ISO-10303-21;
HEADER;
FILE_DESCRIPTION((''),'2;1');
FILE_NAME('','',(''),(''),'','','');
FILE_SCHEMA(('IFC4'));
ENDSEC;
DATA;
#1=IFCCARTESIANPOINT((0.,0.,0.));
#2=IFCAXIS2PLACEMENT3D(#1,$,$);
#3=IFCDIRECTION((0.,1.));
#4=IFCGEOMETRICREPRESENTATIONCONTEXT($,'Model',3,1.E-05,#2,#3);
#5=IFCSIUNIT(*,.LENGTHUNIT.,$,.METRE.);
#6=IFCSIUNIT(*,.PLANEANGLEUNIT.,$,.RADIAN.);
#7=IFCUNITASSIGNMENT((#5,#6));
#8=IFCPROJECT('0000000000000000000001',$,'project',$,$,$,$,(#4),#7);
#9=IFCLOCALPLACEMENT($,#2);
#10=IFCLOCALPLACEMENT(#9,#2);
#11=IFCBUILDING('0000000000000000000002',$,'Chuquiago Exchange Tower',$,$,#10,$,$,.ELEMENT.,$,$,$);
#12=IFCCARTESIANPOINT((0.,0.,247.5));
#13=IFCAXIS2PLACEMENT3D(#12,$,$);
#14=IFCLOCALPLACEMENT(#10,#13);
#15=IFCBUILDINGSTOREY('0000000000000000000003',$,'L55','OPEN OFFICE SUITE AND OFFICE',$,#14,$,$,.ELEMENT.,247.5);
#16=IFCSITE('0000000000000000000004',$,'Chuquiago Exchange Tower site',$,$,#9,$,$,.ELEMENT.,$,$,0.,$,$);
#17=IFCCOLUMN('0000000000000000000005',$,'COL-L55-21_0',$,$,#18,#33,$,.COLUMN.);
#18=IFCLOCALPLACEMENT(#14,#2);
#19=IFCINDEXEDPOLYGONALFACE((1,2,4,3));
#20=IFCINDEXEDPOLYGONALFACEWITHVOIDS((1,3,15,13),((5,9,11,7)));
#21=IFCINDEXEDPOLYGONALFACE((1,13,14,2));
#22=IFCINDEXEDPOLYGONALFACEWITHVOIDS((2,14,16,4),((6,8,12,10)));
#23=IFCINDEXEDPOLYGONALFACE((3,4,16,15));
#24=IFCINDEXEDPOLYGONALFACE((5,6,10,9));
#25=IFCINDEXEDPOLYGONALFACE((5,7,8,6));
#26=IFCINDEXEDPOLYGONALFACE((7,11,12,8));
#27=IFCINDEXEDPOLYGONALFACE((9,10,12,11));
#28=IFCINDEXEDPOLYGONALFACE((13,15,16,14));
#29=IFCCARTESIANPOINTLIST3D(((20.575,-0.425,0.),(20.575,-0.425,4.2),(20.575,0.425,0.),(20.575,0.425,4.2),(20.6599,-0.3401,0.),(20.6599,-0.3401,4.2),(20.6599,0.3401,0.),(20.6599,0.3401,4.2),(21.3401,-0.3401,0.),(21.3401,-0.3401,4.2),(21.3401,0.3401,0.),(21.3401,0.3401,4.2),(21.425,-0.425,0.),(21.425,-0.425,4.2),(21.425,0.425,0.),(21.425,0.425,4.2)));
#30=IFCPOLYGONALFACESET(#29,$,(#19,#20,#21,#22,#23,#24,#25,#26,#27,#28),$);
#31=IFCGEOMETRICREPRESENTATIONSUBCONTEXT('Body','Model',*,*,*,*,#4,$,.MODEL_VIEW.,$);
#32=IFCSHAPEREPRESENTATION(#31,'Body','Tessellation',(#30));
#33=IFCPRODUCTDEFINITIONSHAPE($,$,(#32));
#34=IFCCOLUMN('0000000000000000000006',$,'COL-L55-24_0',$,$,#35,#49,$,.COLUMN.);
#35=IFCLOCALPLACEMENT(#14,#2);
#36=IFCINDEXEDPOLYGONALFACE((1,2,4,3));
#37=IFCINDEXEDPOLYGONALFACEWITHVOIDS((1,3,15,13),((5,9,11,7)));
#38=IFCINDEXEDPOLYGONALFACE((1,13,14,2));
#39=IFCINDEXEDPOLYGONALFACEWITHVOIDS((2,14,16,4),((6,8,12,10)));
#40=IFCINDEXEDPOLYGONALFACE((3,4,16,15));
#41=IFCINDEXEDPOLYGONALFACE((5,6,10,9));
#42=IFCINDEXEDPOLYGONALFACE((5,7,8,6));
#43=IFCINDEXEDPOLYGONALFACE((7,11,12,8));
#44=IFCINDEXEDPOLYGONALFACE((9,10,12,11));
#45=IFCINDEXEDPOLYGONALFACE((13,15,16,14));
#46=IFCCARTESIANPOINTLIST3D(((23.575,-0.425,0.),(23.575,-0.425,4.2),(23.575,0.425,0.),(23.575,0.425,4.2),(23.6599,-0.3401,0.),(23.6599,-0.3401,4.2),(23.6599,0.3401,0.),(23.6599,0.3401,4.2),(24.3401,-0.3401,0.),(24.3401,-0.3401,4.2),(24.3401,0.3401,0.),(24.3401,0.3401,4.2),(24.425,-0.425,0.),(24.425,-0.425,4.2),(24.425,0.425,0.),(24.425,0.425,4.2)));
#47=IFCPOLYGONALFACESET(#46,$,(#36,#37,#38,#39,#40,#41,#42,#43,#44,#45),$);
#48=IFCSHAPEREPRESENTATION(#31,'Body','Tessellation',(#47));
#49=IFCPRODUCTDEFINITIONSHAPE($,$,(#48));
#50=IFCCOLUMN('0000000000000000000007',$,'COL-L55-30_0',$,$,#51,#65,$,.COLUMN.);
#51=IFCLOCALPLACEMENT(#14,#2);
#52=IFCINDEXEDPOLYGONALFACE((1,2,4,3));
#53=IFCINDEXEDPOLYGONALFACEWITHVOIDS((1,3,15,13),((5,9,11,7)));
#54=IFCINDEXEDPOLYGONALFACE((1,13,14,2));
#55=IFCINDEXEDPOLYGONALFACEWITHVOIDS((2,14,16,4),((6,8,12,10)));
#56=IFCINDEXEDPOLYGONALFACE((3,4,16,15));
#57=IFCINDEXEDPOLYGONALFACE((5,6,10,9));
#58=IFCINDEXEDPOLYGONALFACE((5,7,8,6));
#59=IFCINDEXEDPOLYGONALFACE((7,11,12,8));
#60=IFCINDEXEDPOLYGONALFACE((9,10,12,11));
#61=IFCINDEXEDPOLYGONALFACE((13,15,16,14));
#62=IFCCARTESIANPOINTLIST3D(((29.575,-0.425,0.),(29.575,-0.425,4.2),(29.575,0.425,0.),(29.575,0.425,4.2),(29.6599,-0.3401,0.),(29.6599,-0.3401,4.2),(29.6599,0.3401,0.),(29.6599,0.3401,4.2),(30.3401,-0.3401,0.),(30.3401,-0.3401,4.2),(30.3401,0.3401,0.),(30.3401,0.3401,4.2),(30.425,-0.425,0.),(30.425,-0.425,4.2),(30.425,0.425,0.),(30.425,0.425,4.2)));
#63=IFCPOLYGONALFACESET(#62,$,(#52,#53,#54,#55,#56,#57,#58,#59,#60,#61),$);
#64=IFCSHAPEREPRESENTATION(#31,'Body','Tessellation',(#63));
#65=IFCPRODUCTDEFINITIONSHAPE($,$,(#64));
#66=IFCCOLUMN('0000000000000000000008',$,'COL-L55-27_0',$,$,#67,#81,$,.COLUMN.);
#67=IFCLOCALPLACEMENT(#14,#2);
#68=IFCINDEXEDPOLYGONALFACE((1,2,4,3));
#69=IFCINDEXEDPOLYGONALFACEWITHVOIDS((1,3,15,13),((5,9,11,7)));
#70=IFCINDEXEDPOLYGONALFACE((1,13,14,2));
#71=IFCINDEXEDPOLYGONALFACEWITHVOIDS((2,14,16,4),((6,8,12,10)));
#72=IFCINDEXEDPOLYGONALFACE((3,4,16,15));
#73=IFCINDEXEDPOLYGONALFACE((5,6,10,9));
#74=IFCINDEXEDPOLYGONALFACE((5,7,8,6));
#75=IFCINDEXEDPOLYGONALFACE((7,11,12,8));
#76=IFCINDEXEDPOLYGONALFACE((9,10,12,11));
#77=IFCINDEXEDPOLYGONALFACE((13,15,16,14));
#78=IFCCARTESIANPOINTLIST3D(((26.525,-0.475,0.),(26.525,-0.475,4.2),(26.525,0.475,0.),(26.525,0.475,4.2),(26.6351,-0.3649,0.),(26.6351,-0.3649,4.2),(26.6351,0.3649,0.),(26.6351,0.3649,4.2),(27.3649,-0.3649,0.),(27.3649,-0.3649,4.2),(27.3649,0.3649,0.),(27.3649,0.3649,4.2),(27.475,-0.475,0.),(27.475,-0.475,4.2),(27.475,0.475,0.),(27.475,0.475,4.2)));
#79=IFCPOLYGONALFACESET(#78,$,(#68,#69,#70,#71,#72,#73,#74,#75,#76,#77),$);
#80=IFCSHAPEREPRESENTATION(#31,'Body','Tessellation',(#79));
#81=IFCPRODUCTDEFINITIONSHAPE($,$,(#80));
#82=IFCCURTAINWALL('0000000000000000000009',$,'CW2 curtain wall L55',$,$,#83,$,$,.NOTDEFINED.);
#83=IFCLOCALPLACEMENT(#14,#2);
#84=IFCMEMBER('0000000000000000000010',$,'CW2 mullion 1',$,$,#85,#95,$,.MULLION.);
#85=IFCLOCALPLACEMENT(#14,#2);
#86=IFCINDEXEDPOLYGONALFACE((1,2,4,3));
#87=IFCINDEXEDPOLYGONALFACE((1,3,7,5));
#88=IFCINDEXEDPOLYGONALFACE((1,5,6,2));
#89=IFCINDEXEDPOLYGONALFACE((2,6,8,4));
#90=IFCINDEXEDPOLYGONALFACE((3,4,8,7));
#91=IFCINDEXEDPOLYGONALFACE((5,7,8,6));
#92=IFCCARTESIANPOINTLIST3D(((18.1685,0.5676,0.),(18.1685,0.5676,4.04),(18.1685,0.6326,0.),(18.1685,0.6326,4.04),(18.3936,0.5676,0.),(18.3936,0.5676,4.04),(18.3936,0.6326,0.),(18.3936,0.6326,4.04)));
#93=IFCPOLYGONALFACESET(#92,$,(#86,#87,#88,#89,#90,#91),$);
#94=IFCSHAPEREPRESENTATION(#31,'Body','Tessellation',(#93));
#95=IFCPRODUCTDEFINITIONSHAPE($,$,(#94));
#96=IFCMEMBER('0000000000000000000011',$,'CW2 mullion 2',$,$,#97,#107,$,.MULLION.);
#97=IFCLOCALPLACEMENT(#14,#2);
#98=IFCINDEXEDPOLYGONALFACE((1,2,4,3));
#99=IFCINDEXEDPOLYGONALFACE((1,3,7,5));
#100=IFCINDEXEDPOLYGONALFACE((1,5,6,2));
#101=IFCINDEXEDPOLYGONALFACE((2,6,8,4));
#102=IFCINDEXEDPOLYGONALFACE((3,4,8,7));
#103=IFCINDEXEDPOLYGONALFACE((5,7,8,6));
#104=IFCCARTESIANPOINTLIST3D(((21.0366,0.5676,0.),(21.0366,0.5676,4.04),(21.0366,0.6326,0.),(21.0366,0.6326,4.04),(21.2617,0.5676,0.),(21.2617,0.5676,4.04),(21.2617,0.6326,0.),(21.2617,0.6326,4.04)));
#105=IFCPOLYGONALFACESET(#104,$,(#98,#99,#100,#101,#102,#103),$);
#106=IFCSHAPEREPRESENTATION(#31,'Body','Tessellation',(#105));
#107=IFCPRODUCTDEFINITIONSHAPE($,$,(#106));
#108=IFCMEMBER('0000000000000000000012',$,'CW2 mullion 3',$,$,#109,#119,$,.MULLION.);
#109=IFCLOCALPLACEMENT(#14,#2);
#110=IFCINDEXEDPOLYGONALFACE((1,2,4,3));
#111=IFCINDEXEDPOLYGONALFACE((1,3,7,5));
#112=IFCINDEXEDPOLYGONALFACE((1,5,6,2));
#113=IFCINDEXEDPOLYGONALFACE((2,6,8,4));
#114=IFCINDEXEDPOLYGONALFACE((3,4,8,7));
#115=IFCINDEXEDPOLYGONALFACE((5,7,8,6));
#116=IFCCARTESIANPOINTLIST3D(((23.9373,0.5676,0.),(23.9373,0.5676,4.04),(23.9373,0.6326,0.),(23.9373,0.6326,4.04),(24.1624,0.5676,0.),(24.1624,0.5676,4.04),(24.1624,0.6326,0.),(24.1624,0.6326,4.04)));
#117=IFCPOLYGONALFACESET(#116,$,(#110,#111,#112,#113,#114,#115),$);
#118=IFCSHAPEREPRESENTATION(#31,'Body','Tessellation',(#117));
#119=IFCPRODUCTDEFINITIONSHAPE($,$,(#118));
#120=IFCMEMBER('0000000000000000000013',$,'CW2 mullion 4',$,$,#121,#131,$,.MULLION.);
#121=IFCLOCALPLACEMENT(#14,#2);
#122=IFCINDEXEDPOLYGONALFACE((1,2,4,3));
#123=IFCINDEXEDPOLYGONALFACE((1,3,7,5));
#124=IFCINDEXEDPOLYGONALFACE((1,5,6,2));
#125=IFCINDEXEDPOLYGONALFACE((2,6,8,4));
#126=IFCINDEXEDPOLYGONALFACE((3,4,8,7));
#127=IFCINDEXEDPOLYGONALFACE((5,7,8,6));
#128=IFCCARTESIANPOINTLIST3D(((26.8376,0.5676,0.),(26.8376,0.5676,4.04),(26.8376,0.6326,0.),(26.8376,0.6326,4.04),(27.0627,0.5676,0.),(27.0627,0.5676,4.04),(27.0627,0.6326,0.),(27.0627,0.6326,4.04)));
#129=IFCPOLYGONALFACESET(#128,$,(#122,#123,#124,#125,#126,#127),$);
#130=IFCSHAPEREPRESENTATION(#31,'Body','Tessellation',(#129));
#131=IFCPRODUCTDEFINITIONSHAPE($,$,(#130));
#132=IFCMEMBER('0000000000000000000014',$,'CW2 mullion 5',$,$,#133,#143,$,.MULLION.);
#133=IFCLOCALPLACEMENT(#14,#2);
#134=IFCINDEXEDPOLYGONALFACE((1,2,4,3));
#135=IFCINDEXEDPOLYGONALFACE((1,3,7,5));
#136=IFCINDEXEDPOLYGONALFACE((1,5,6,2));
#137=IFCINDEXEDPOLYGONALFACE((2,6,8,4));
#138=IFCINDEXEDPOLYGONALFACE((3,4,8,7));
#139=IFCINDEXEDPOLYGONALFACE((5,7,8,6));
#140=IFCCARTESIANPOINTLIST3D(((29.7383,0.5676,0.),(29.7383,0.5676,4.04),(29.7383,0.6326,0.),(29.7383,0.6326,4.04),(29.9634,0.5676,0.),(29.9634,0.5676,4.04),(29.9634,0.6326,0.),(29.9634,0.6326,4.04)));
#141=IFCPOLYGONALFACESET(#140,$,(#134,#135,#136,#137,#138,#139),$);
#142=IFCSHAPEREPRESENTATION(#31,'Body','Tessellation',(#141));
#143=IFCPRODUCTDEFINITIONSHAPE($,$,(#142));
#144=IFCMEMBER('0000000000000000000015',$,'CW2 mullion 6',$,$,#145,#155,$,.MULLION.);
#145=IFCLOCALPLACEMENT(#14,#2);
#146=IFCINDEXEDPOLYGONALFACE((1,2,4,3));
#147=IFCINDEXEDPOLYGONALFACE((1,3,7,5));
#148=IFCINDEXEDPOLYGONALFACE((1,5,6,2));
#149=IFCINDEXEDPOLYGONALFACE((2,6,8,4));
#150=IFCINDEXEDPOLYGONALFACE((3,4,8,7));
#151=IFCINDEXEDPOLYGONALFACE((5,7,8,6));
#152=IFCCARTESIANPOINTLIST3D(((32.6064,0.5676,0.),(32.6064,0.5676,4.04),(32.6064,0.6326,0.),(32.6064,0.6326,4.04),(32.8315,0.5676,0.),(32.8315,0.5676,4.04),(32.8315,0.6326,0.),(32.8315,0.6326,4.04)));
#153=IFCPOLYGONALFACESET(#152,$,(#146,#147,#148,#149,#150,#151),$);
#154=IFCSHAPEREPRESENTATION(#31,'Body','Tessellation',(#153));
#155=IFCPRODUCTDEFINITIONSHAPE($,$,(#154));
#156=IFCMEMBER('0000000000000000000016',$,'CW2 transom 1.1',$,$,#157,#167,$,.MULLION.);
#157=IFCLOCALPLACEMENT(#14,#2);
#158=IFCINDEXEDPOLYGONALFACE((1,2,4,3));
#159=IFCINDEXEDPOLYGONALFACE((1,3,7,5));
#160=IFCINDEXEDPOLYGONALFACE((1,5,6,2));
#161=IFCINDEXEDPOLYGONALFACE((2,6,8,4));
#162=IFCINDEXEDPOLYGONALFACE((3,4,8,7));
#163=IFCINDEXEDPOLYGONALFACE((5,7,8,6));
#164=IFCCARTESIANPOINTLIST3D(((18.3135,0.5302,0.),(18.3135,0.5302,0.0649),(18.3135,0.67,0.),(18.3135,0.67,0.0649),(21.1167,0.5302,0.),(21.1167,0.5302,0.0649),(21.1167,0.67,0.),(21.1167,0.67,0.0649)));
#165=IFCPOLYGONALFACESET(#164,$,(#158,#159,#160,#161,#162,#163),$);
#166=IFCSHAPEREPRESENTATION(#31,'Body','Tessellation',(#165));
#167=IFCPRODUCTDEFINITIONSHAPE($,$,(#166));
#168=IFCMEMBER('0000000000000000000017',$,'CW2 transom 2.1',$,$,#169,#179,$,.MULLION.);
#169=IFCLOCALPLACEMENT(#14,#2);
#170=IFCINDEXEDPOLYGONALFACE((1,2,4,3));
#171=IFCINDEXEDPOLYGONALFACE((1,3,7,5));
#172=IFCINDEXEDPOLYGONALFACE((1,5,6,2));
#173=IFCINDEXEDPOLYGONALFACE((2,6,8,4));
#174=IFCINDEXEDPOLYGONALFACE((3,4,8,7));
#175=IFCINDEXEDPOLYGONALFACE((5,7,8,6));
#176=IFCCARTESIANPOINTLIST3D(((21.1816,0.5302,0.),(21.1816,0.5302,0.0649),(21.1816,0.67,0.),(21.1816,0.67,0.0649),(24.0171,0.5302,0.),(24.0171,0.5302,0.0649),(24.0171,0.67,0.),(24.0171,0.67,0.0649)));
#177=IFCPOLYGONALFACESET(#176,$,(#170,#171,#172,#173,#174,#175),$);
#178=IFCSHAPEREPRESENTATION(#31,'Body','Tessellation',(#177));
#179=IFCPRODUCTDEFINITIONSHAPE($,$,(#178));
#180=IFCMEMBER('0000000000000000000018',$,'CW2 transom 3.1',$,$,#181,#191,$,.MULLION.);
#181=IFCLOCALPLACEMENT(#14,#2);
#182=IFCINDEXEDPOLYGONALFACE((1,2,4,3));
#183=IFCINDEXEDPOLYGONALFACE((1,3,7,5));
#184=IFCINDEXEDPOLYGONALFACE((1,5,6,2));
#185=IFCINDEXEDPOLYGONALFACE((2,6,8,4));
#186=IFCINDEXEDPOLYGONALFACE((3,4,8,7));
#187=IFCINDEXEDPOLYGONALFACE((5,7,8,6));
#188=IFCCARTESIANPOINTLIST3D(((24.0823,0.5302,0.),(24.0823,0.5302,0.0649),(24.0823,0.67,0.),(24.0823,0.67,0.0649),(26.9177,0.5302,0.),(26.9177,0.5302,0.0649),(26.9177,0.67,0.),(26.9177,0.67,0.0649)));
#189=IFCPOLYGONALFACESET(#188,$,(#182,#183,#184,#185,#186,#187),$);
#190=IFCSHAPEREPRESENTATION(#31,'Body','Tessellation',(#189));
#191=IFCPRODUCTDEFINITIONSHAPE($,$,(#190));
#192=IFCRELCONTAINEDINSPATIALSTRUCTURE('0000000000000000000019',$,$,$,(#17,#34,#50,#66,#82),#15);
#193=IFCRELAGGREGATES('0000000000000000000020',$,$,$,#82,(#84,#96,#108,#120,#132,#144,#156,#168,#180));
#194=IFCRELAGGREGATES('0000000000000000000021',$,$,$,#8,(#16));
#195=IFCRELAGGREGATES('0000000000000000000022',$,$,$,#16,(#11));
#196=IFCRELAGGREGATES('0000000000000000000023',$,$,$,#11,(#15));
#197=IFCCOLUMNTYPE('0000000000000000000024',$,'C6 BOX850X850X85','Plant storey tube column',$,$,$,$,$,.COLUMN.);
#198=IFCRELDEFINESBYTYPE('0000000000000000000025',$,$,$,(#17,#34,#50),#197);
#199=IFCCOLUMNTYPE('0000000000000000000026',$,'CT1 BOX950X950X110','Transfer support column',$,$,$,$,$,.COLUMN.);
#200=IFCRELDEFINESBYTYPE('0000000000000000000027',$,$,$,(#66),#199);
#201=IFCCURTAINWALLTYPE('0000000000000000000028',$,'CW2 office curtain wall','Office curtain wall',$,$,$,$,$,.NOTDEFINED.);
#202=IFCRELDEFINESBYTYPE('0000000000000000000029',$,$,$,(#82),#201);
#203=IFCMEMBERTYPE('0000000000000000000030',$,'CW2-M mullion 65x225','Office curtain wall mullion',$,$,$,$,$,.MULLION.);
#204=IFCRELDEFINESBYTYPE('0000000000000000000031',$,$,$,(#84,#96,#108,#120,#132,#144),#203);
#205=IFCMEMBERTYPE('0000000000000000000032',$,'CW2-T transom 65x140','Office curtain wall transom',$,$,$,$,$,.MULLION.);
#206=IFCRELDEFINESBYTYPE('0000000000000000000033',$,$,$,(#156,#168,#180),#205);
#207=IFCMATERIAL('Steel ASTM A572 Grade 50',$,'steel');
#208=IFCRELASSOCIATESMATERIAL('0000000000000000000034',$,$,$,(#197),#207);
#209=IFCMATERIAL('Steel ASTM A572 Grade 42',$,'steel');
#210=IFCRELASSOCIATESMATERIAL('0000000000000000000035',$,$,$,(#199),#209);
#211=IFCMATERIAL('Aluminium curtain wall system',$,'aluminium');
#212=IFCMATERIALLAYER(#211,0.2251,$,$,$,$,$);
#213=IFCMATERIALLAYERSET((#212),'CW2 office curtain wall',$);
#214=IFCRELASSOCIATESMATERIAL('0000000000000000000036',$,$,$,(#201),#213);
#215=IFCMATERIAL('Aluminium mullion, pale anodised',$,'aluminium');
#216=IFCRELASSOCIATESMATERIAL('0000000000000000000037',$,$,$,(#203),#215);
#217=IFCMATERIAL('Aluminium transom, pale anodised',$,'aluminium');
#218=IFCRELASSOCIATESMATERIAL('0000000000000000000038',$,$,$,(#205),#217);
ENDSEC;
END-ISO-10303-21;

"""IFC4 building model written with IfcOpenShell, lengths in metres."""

from ifc_helpers import new_model, si_unit, direction, frame, origin, origin_2d, place, context, subcontext, project, spatial, rectangle, hollow_rectangle, extrude, material, layer, layer_set, material_profile, profile_set, type_object, element, aggregate, save


model = new_model("IFC4")

# Units and contexts
model_context = context("Model", 3, precision=1e-05, world=origin(), true_north=direction((0.0, 1.0)))
body_context = subcontext(model_context, "Body", "Model", "MODEL_VIEW")
ifc_project = project(units=[si_unit("LENGTHUNIT", "METRE"), si_unit("PLANEANGLEUNIT", "RADIAN")], contexts=[model_context])

# Site, building, storey
site_placement = place(None, origin())
site = spatial("IfcSite", under=ifc_project, at=site_placement, Name="Chuquiago Exchange Tower site", CompositionType="ELEMENT", RefElevation=0.0)
building_placement = place(site_placement, origin())
building = spatial("IfcBuilding", under=site, at=building_placement, Name="Chuquiago Exchange Tower", CompositionType="ELEMENT")
storey_placement = place(building_placement, frame((0.0, 0.0, 247.5)))
storey = spatial("IfcBuildingStorey", under=building, at=storey_placement, Name="L55", Description="OPEN OFFICE SUITE AND OFFICE", CompositionType="ELEMENT", Elevation=247.5)

# Columns
ifc_material_1 = material(Name="Steel ASTM A572 Grade 50", Category="steel")
ifc_material_profile_1 = material_profile(ifc_material_1, hollow_rectangle(XDim=0.8501, YDim=0.8501, WallThickness=0.085, at=origin_2d()), Name="BOX850X850X85")
ifc_profile_set_1 = profile_set([ifc_material_profile_1], Name="Steel ASTM A572 Grade 50")
column_type_1 = type_object("IfcColumnType", Name="C6 BOX850X850X85", Description="Plant storey tube column", PredefinedType="COLUMN", material=ifc_profile_set_1)
for number, where, z_axis, x_axis, name in (
    (1, (21.0, 0.0, 0.0), (0.0, 0.0, 1.0), (0.0, -1.0, 0.0), "COL-L55-21_0"),
    (2, (24.0, 0.0, 0.0), (0.0, 0.0, 1.0), (0.0, -1.0, 0.0), "COL-L55-24_0"),
    (3, (30.0, 0.0, 0.0), (0.0, 0.0, 1.0), (0.0, -1.0, 0.0), "COL-L55-30_0"),
):
    element("IfcColumn", number, at=place(storey_placement, frame(where, z_axis=z_axis, x_axis=x_axis)), inside=storey, type_object=column_type_1, Name=name, PredefinedType="COLUMN", context=body_context, shape_type="SweptSolid", body=[
        extrude(hollow_rectangle(XDim=0.8501, YDim=0.8501, WallThickness=0.085, at=origin_2d()), origin(), (0.0, 0.0, 1.0), 4.2),
    ])
ifc_material_2 = material(Name="Steel ASTM A572 Grade 42", Category="steel")
ifc_material_profile_2 = material_profile(ifc_material_2, hollow_rectangle(XDim=0.95, YDim=0.95, WallThickness=0.1101, at=origin_2d()), Name="BOX950X950X110")
ifc_profile_set_2 = profile_set([ifc_material_profile_2], Name="Steel ASTM A572 Grade 42")
column_type_2 = type_object("IfcColumnType", Name="CT1 BOX950X950X110", Description="Transfer support column", PredefinedType="COLUMN", material=ifc_profile_set_2)
column_placement = place(storey_placement, frame((27.0, 0.0, 0.0), z_axis=(0.0, 0.0, 1.0), x_axis=(0.0, -1.0, 0.0)))
element("IfcColumn", 4, at=column_placement, inside=storey, type_object=column_type_2, Name="COL-L55-27_0", PredefinedType="COLUMN", context=body_context, shape_type="SweptSolid", body=[
    extrude(hollow_rectangle(XDim=0.95, YDim=0.95, WallThickness=0.1101, at=origin_2d()), origin(), (0.0, 0.0, 1.0), 4.2),
])

# Curtain wall, members
ifc_material_3 = material(Name="Aluminium curtain wall system", Category="aluminium")
ifc_layer_1 = layer(ifc_material_3, 0.2251)
ifc_layer_set_1 = layer_set([ifc_layer_1], Name="CW2 office curtain wall")
curtain_wall_type_1 = type_object("IfcCurtainWallType", Name="CW2 office curtain wall", Description="Office curtain wall", PredefinedType="NOTDEFINED", material=ifc_layer_set_1)
curtain_wall_1_placement = place(storey_placement, origin())
curtain_wall_1 = element("IfcCurtainWall", 5, at=curtain_wall_1_placement, inside=storey, type_object=curtain_wall_type_1, Name="CW2 curtain wall L55", PredefinedType="NOTDEFINED")
ifc_material_4 = material(Name="Aluminium mullion, pale anodised", Category="aluminium")
ifc_material_profile_3 = material_profile(ifc_material_4, rectangle(XDim=0.0649, YDim=0.2251, at=origin_2d()), Name="AL 65x225")
ifc_profile_set_3 = profile_set([ifc_material_profile_3], Name="Aluminium mullion, pale anodised")
member_type_1 = type_object("IfcMemberType", Name="CW2-M mullion 65x225", Description="Office curtain wall mullion", PredefinedType="MULLION", material=ifc_profile_set_3)
member_1_placement = place(storey_placement, frame((18.281, 0.6001, 0.0), z_axis=(0.0, 0.0, 1.0), x_axis=(0.0, 1.0, 0.0)))
member_1 = element("IfcMember", 6, at=member_1_placement, type_object=member_type_1, Name="CW2 mullion 1", PredefinedType="MULLION", context=body_context, shape_type="SweptSolid", body=[
    extrude(rectangle(XDim=0.0649, YDim=0.2251, at=origin_2d()), origin(), (0.0, 0.0, 1.0), 4.04),
])
member_2_placement = place(storey_placement, frame((21.1492, 0.6001, 0.0), z_axis=(0.0, 0.0, 1.0), x_axis=(0.0, 1.0, 0.0)))
member_2 = element("IfcMember", 7, at=member_2_placement, type_object=member_type_1, Name="CW2 mullion 2", PredefinedType="MULLION", context=body_context, shape_type="SweptSolid", body=[
    extrude(rectangle(XDim=0.0649, YDim=0.2251, at=origin_2d()), origin(), (0.0, 0.0, 1.0), 4.04),
])
member_3_placement = place(storey_placement, frame((24.0498, 0.6001, 0.0), z_axis=(0.0, 0.0, 1.0), x_axis=(0.0, 1.0, 0.0)))
member_3 = element("IfcMember", 8, at=member_3_placement, type_object=member_type_1, Name="CW2 mullion 3", PredefinedType="MULLION", context=body_context, shape_type="SweptSolid", body=[
    extrude(rectangle(XDim=0.0649, YDim=0.2251, at=origin_2d()), origin(), (0.0, 0.0, 1.0), 4.04),
])
member_4_placement = place(storey_placement, frame((26.9502, 0.6001, 0.0), z_axis=(0.0, 0.0, 1.0), x_axis=(0.0, 1.0, 0.0)))
member_4 = element("IfcMember", 9, at=member_4_placement, type_object=member_type_1, Name="CW2 mullion 4", PredefinedType="MULLION", context=body_context, shape_type="SweptSolid", body=[
    extrude(rectangle(XDim=0.0649, YDim=0.2251, at=origin_2d()), origin(), (0.0, 0.0, 1.0), 4.04),
])
member_5_placement = place(storey_placement, frame((29.8508, 0.6001, 0.0), z_axis=(0.0, 0.0, 1.0), x_axis=(0.0, 1.0, 0.0)))
member_5 = element("IfcMember", 10, at=member_5_placement, type_object=member_type_1, Name="CW2 mullion 5", PredefinedType="MULLION", context=body_context, shape_type="SweptSolid", body=[
    extrude(rectangle(XDim=0.0649, YDim=0.2251, at=origin_2d()), origin(), (0.0, 0.0, 1.0), 4.04),
])
member_6_placement = place(storey_placement, frame((32.719, 0.6001, 0.0), z_axis=(0.0, 0.0, 1.0), x_axis=(0.0, 1.0, 0.0)))
member_6 = element("IfcMember", 11, at=member_6_placement, type_object=member_type_1, Name="CW2 mullion 6", PredefinedType="MULLION", context=body_context, shape_type="SweptSolid", body=[
    extrude(rectangle(XDim=0.0649, YDim=0.2251, at=origin_2d()), origin(), (0.0, 0.0, 1.0), 4.04),
])
ifc_material_5 = material(Name="Aluminium transom, pale anodised", Category="aluminium")
ifc_material_profile_4 = material_profile(ifc_material_5, rectangle(XDim=0.1399, YDim=0.0649, at=origin_2d()), Name="AL 140x65")
ifc_profile_set_4 = profile_set([ifc_material_profile_4], Name="Aluminium transom, pale anodised")
member_type_2 = type_object("IfcMemberType", Name="CW2-T transom 65x140", Description="Office curtain wall transom", PredefinedType="MULLION", material=ifc_profile_set_4)
member_7_placement = place(storey_placement, frame((18.3135, 0.6001, 0.0325), z_axis=(1.0, 0.0, 0.0), x_axis=(0.0, 1.0, 0.0)))
member_7 = element("IfcMember", 12, at=member_7_placement, type_object=member_type_2, Name="CW2 transom 1.1", PredefinedType="MULLION", context=body_context, shape_type="SweptSolid", body=[
    extrude(rectangle(XDim=0.1399, YDim=0.0649, at=origin_2d()), origin(), (0.0, 0.0, 1.0), 2.8032),
])
member_8_placement = place(storey_placement, frame((21.1816, 0.6001, 0.0325), z_axis=(1.0, 0.0, 0.0), x_axis=(0.0, 1.0, 0.0)))
member_8 = element("IfcMember", 13, at=member_8_placement, type_object=member_type_2, Name="CW2 transom 2.1", PredefinedType="MULLION", context=body_context, shape_type="SweptSolid", body=[
    extrude(rectangle(XDim=0.1399, YDim=0.0649, at=origin_2d()), origin(), (0.0, 0.0, 1.0), 2.8354),
])
member_9_placement = place(storey_placement, frame((24.0823, 0.6001, 0.0325), z_axis=(1.0, 0.0, 0.0), x_axis=(0.0, 1.0, 0.0)))
member_9 = element("IfcMember", 14, at=member_9_placement, type_object=member_type_2, Name="CW2 transom 3.1", PredefinedType="MULLION", context=body_context, shape_type="SweptSolid", body=[
    extrude(rectangle(XDim=0.1399, YDim=0.0649, at=origin_2d()), origin(), (0.0, 0.0, 1.0), 2.8354),
])

aggregate(curtain_wall_1, [member_1, member_2, member_3, member_4, member_5, member_6, member_7, member_8, member_9])

save(model, "model.ifc")
